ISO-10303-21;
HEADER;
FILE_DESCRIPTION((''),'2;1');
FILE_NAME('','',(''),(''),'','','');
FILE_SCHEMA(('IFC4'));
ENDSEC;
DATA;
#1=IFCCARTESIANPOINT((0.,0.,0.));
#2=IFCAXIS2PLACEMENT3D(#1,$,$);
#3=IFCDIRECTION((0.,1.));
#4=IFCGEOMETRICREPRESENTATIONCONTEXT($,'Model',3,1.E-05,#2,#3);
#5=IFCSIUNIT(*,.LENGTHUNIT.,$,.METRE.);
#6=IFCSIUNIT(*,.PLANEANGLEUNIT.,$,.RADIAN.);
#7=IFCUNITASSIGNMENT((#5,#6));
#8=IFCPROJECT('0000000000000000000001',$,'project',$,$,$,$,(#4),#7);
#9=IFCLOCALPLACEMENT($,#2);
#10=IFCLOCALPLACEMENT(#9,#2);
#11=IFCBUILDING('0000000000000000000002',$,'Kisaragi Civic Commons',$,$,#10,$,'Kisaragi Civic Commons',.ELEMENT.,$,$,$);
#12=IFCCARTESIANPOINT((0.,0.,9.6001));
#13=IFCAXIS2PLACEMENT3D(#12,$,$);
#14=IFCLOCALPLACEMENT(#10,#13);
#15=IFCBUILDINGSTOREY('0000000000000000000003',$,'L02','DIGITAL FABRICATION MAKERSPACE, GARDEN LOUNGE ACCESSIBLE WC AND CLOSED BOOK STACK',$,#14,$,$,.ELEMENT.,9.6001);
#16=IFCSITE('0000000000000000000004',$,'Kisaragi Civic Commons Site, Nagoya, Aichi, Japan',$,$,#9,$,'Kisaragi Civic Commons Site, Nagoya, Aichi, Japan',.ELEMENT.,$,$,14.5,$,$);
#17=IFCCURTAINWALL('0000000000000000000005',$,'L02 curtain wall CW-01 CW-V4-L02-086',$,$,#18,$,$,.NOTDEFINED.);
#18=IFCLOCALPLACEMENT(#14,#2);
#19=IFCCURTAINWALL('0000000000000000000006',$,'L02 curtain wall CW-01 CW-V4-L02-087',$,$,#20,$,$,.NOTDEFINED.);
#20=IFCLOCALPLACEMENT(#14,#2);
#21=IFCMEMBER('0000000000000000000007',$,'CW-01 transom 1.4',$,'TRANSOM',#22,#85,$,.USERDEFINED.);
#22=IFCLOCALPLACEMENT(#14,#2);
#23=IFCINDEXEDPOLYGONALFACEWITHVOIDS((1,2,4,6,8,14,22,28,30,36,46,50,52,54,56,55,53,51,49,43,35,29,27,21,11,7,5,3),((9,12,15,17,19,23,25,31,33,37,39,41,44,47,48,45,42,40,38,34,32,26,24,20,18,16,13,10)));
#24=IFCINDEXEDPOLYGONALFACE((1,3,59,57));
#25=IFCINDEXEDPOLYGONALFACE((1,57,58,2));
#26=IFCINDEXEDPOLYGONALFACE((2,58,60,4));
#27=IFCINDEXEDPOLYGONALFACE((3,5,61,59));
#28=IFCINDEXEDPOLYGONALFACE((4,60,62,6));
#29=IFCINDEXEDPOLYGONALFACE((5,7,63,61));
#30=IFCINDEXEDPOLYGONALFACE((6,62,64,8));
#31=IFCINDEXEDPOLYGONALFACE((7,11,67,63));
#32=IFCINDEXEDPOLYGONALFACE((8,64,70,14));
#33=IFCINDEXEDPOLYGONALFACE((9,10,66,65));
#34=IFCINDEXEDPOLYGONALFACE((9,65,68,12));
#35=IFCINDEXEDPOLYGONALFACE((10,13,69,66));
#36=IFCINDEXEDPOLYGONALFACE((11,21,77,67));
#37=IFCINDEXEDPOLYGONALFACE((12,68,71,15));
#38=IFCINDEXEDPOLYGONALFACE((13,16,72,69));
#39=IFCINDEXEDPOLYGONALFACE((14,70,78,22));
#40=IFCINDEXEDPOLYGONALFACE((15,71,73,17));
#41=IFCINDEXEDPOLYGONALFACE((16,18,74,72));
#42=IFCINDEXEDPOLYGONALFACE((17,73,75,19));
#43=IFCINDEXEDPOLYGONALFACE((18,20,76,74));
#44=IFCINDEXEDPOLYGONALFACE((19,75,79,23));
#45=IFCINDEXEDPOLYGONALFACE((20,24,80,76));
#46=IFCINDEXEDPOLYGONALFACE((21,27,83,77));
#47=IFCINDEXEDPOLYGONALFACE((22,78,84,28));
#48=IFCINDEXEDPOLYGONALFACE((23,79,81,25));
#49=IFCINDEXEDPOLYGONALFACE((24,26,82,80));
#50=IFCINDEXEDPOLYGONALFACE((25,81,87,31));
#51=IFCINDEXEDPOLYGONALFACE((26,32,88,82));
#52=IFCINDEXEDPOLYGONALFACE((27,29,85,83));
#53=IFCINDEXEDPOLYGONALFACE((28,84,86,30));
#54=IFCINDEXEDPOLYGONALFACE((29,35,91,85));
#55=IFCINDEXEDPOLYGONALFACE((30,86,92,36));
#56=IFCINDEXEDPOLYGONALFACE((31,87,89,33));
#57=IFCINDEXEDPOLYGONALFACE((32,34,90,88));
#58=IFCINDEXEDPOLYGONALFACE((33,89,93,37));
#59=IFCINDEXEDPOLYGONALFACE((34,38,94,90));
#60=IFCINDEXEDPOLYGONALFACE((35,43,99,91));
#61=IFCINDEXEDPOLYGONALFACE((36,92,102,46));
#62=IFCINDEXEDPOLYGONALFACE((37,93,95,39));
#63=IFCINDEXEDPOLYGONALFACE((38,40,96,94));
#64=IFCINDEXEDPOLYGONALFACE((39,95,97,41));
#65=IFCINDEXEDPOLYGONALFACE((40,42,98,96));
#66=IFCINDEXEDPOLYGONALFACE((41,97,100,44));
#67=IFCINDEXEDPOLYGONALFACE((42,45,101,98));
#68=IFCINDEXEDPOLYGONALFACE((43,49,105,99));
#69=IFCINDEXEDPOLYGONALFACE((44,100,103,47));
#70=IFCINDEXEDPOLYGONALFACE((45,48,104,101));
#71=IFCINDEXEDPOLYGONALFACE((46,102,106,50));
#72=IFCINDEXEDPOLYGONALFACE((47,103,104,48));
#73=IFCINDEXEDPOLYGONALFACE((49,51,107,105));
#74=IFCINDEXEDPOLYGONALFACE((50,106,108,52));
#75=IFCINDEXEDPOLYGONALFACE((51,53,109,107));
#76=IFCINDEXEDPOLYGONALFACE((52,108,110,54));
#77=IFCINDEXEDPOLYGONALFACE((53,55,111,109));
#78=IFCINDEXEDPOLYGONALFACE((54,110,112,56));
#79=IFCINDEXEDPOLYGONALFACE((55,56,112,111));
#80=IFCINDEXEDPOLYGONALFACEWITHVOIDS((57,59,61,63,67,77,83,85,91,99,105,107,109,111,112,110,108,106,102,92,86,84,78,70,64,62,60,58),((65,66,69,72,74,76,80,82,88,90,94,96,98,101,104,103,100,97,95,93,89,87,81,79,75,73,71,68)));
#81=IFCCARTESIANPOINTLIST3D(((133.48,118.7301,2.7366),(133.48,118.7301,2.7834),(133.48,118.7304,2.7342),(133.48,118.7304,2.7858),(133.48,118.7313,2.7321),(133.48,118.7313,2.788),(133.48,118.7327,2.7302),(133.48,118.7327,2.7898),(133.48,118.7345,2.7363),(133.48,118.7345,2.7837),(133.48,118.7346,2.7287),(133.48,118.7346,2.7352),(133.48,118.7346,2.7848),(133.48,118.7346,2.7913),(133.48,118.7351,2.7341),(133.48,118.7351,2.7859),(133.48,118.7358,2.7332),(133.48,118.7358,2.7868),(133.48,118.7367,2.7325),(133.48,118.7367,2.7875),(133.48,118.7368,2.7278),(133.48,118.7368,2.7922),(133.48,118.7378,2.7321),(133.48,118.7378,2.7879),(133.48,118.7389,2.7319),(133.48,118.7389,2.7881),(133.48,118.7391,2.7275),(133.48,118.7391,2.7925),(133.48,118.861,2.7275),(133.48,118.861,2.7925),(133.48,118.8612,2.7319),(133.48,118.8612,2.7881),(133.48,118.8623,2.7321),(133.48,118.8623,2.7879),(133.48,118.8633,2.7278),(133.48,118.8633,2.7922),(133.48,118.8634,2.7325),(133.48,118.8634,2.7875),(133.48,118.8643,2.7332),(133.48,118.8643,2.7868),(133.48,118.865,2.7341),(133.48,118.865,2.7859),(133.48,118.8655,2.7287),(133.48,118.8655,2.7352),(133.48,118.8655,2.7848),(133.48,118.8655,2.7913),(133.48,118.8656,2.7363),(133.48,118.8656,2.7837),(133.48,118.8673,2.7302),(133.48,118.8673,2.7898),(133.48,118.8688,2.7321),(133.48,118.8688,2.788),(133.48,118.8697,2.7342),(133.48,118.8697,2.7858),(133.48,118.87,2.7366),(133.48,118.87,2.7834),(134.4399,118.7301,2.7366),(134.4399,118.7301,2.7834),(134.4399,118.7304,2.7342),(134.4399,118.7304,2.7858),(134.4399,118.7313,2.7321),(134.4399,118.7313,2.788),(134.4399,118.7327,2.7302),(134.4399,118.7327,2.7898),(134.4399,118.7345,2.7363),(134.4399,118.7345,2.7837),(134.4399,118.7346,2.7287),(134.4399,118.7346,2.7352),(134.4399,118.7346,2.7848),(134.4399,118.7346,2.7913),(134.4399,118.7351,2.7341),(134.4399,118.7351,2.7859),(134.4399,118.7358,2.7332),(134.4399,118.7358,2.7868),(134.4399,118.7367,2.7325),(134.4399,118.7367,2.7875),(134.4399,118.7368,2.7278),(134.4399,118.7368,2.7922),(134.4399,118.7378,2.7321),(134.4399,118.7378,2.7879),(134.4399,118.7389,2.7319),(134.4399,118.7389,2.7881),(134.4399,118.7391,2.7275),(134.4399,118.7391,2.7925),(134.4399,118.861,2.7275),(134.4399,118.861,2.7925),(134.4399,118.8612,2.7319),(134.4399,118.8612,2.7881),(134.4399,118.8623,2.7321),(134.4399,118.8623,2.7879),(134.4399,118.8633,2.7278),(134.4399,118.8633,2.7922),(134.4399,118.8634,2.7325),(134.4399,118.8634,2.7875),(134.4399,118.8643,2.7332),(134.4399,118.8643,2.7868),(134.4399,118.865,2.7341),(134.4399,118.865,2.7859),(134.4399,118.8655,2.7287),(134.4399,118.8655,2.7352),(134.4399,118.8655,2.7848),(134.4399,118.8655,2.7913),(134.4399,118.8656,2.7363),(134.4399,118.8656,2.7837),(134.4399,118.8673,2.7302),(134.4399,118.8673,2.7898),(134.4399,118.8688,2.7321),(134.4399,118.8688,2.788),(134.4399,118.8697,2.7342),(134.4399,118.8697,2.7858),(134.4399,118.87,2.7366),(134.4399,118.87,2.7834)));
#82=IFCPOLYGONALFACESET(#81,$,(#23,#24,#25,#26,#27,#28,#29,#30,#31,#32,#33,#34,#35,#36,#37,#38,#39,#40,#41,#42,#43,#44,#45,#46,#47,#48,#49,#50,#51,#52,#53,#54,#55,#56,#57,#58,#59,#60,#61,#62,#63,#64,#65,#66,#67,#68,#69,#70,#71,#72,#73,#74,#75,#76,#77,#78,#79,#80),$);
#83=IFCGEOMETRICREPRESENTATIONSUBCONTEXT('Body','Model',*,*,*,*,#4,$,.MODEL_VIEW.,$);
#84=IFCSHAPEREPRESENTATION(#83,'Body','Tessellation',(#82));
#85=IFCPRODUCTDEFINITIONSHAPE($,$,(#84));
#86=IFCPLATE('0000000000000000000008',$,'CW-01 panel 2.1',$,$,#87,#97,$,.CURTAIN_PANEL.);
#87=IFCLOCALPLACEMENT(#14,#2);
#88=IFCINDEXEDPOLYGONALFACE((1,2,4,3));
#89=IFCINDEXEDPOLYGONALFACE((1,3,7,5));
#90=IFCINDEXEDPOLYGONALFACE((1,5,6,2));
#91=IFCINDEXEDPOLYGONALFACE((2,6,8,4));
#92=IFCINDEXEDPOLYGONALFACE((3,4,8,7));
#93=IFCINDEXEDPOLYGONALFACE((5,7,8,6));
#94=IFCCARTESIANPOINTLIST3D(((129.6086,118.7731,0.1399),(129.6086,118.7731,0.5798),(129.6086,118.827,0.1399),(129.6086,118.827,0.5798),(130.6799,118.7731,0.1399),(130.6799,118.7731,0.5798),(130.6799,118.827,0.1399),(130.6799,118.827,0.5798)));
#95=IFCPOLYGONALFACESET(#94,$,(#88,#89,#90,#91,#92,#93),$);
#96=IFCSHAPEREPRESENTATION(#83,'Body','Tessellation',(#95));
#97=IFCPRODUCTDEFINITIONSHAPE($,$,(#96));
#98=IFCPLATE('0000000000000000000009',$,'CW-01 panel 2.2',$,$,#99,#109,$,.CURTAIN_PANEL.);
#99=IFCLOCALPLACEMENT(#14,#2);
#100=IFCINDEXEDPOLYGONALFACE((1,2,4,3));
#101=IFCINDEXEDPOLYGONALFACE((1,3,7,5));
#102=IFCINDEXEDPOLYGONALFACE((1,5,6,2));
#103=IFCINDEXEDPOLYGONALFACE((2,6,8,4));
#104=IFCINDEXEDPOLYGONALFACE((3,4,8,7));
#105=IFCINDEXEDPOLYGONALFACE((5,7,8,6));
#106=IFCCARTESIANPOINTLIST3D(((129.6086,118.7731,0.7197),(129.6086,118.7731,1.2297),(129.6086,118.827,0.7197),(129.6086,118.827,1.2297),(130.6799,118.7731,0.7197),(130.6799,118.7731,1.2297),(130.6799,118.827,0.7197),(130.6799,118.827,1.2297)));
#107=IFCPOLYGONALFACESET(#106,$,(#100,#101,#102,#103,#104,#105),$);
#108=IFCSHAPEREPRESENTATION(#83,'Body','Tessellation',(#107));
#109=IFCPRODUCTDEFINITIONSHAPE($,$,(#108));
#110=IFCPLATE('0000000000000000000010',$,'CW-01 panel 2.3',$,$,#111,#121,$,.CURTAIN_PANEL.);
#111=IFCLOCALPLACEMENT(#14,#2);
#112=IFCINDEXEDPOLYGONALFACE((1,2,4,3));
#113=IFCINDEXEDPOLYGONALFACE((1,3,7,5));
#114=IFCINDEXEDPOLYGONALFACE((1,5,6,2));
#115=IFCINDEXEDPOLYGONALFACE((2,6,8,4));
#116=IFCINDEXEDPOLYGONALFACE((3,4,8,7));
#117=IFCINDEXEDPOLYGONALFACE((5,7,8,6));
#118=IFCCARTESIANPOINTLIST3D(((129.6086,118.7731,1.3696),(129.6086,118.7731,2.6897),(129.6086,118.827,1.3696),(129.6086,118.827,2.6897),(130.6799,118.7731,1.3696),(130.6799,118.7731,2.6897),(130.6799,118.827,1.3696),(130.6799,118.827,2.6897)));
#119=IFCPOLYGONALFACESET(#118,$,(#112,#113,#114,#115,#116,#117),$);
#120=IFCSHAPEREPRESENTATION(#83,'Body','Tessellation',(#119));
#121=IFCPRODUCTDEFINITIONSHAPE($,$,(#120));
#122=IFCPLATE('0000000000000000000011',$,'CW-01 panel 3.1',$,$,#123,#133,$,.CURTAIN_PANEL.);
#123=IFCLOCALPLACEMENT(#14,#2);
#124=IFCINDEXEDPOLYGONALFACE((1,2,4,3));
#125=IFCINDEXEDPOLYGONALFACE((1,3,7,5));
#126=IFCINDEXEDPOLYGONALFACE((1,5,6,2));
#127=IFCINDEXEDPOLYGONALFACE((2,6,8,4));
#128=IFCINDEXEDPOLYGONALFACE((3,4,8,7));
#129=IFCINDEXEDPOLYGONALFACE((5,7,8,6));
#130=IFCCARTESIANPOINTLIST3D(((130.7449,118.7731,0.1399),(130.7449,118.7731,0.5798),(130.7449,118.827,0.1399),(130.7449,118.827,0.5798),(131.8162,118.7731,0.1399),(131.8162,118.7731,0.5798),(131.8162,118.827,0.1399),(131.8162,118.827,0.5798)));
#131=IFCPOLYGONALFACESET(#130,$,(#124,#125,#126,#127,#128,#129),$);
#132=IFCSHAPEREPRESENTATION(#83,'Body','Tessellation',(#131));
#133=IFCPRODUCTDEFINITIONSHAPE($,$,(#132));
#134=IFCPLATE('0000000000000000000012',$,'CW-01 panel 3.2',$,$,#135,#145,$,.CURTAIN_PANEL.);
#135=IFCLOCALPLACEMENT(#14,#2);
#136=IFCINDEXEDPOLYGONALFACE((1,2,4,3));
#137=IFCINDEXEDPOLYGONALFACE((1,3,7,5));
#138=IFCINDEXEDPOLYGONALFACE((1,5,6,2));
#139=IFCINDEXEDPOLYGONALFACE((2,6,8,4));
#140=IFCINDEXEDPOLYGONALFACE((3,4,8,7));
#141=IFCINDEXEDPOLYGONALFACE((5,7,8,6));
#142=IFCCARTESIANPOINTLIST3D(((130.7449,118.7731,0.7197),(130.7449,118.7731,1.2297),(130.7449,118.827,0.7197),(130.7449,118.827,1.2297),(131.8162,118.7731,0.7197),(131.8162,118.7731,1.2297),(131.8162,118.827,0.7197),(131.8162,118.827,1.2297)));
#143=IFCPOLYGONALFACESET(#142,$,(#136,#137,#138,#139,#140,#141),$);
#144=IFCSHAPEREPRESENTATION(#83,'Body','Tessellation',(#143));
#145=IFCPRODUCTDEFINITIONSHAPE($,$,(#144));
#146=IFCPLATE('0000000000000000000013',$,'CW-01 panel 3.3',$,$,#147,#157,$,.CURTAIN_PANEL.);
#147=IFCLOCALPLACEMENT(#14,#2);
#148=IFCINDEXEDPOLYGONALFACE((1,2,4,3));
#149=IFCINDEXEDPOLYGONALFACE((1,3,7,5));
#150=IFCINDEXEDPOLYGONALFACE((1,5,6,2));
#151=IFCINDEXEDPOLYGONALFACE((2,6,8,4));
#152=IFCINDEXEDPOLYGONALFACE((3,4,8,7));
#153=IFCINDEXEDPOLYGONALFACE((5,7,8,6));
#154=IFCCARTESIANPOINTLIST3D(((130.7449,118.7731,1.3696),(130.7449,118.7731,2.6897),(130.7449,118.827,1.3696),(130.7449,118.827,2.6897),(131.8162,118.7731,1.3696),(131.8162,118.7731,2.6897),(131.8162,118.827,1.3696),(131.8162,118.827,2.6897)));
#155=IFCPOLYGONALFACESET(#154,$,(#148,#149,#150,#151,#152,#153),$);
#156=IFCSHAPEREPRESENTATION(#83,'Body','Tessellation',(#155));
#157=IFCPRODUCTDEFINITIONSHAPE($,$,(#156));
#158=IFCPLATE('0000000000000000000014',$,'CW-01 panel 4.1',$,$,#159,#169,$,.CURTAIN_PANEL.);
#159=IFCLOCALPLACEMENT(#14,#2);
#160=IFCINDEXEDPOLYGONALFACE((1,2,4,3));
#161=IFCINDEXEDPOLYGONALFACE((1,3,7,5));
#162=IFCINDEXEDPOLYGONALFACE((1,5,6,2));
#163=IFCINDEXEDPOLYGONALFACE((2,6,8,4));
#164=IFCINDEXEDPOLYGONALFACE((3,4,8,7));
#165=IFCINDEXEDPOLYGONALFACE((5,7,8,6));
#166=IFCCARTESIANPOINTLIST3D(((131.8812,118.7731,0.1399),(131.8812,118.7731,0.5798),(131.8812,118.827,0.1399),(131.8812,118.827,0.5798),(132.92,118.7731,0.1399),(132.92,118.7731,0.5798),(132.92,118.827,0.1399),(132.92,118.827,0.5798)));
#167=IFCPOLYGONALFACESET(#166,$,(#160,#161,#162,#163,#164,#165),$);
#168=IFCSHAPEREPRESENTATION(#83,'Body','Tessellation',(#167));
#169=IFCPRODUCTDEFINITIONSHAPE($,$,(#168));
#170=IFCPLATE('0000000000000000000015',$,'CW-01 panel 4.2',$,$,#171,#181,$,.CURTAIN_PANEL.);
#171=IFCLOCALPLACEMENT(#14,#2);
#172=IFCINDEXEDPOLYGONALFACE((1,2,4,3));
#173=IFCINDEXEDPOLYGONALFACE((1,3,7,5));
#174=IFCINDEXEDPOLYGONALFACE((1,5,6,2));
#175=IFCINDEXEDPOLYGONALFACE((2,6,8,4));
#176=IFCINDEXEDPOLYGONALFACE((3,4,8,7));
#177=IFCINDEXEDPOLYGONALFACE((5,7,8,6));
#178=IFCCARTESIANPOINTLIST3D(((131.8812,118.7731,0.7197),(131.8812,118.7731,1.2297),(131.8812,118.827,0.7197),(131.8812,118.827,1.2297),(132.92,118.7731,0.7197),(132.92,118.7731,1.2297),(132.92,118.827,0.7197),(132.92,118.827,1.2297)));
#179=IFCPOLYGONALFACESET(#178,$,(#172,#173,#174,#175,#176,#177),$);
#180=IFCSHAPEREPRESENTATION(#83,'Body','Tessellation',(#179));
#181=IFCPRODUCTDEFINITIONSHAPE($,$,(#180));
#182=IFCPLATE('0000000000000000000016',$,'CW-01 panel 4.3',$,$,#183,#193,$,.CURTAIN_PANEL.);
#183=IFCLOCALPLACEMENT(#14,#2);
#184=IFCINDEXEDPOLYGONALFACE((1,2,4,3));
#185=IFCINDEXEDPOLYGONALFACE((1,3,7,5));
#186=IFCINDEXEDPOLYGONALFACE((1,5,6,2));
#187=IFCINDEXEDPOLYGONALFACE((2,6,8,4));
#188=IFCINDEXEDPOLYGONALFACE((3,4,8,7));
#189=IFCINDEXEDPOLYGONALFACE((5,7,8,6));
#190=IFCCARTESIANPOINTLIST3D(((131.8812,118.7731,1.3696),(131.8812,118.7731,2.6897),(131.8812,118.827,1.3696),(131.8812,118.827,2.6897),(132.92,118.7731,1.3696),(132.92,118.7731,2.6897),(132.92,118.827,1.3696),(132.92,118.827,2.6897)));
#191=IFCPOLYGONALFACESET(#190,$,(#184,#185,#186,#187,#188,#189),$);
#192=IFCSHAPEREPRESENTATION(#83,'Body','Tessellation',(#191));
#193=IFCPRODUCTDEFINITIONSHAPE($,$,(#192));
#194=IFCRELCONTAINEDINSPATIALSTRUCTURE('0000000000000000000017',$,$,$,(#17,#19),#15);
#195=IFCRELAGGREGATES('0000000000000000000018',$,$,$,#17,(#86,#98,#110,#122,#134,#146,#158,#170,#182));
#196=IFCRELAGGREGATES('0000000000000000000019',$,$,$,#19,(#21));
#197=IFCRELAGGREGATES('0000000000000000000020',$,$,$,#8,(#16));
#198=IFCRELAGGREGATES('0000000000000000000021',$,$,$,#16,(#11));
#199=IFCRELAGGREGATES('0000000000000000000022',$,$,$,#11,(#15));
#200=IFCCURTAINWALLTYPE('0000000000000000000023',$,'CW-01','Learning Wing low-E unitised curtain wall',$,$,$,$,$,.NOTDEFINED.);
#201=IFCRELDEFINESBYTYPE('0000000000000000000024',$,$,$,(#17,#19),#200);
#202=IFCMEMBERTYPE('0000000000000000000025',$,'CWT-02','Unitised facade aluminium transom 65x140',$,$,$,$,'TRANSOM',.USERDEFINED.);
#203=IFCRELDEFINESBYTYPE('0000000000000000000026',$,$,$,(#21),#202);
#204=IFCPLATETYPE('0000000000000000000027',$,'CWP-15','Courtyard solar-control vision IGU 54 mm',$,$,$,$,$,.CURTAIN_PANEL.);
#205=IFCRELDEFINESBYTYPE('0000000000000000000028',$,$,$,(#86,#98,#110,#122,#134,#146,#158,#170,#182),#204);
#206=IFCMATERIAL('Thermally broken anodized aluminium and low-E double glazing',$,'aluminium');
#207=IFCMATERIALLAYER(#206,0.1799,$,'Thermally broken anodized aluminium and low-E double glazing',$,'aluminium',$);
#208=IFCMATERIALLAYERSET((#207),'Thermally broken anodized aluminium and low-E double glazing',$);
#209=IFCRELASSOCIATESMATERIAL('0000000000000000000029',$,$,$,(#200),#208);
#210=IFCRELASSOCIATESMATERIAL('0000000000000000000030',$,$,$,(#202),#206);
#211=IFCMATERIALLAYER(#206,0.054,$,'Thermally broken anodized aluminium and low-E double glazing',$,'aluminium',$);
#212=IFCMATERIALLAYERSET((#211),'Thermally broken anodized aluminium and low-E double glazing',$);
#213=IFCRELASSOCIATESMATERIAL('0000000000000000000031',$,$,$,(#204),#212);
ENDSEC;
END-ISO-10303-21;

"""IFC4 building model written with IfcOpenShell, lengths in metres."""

from ifc_helpers import new_model, si_unit, direction, frame, origin, origin_2d, place, context, subcontext, project, spatial, rectangle, hollow_rectangle, extrude, material, layer, layer_set, material_profile, profile_set, type_object, element, aggregate, save


model = new_model("IFC4")

# Units and contexts
model_context = context("Model", 3, precision=1e-05, world=origin(), true_north=direction((0.0, 1.0)))
body_context = subcontext(model_context, "Body", "Model", "MODEL_VIEW")
ifc_project = project(units=[si_unit("LENGTHUNIT", "METRE"), si_unit("PLANEANGLEUNIT", "RADIAN")], contexts=[model_context])

# Site, building, storey
site_placement = place(None, origin())
site = spatial("IfcSite", under=ifc_project, at=site_placement, Name="Kisaragi Civic Commons Site, Nagoya, Aichi, Japan", LongName="Kisaragi Civic Commons Site, Nagoya, Aichi, Japan", CompositionType="ELEMENT", RefElevation=14.5)
building_placement = place(site_placement, origin())
building = spatial("IfcBuilding", under=site, at=building_placement, Name="Kisaragi Civic Commons", LongName="Kisaragi Civic Commons", CompositionType="ELEMENT")
storey_placement = place(building_placement, frame((0.0, 0.0, 9.6001)))
storey = spatial("IfcBuildingStorey", under=building, at=storey_placement, Name="L02", Description="DIGITAL FABRICATION MAKERSPACE, GARDEN LOUNGE ACCESSIBLE WC AND CLOSED BOOK STACK", CompositionType="ELEMENT", Elevation=9.6001)

# Curtain walls
ifc_material_1 = material(Name="Thermally broken anodized aluminium and low-E double glazing", Category="aluminium")
ifc_layer_1 = layer(ifc_material_1, 0.1799, Name="Thermally broken anodized aluminium and low-E double glazing", Category="aluminium")
ifc_layer_set_1 = layer_set([ifc_layer_1], Name="Thermally broken anodized aluminium and low-E double glazing")
curtain_wall_type = type_object("IfcCurtainWallType", Name="CW-01", Description="Learning Wing low-E unitised curtain wall", PredefinedType="NOTDEFINED", material=ifc_layer_set_1)
curtain_wall_1_placement = place(storey_placement, origin())
curtain_wall_1 = element("IfcCurtainWall", 1, at=curtain_wall_1_placement, inside=storey, type_object=curtain_wall_type, Name="L02 curtain wall CW-01 CW-V4-L02-086", PredefinedType="NOTDEFINED")
curtain_wall_2_placement = place(storey_placement, origin())
curtain_wall_2 = element("IfcCurtainWall", 2, at=curtain_wall_2_placement, inside=storey, type_object=curtain_wall_type, Name="L02 curtain wall CW-01 CW-V4-L02-087", PredefinedType="NOTDEFINED")

# Member
ifc_material_profile_1 = material_profile(ifc_material_1, hollow_rectangle(XDim=0.1399, YDim=0.0649, WallThickness=0.0044, InnerFilletRadius=0.0044, OuterFilletRadius=0.009, at=origin_2d()), Name="CWT-65x140x4.5", Category="aluminium")
ifc_profile_set_1 = profile_set([ifc_material_profile_1], Name="Thermally broken anodized aluminium and low-E double glazing")
member_type_1 = type_object("IfcMemberType", Name="CWT-02", Description="Unitised facade aluminium transom 65x140", ElementType="TRANSOM", PredefinedType="USERDEFINED", material=ifc_profile_set_1)
member_1_placement = place(storey_placement, frame((133.48, 118.8, 2.76), z_axis=(1.0, 0.0, 0.0), x_axis=(0.0, 1.0, 0.0)))
member_1 = element("IfcMember", 3, at=member_1_placement, type_object=member_type_1, Name="CW-01 transom 1.4", ObjectType="TRANSOM", PredefinedType="USERDEFINED", context=body_context, shape_type="SweptSolid", body=[
    extrude(hollow_rectangle(XDim=0.1399, YDim=0.0649, WallThickness=0.0044, InnerFilletRadius=0.0044, OuterFilletRadius=0.009, at=origin_2d()), origin(), (0.0, 0.0, 1.0), 0.96),
])

# Plates
ifc_layer_2 = layer(ifc_material_1, 0.054, Name="Thermally broken anodized aluminium and low-E double glazing", Category="aluminium")
ifc_layer_set_2 = layer_set([ifc_layer_2], Name="Thermally broken anodized aluminium and low-E double glazing")
plate_type_1 = type_object("IfcPlateType", Name="CWP-15", Description="Courtyard solar-control vision IGU 54 mm", PredefinedType="CURTAIN_PANEL", material=ifc_layer_set_2)
plate_1_placement = place(storey_placement, frame((130.1443, 118.8, 0.1399), z_axis=(0.0, 0.0, 1.0), x_axis=(1.0, 0.0, 0.0)))
plate_1 = element("IfcPlate", 4, at=plate_1_placement, type_object=plate_type_1, Name="CW-01 panel 2.1", PredefinedType="CURTAIN_PANEL", context=body_context, shape_type="SweptSolid", body=[
    extrude(rectangle(XDim=1.0713, YDim=0.054, at=origin_2d()), origin(), (0.0, 0.0, 1.0), 0.4399),
])
plate_2_placement = place(storey_placement, frame((130.1443, 118.8, 0.7197), z_axis=(0.0, 0.0, 1.0), x_axis=(1.0, 0.0, 0.0)))
plate_2 = element("IfcPlate", 5, at=plate_2_placement, type_object=plate_type_1, Name="CW-01 panel 2.2", PredefinedType="CURTAIN_PANEL", context=body_context, shape_type="SweptSolid", body=[
    extrude(rectangle(XDim=1.0713, YDim=0.054, at=origin_2d()), origin(), (0.0, 0.0, 1.0), 0.51),
])
plate_3_placement = place(storey_placement, frame((130.1443, 118.8, 1.3696), z_axis=(0.0, 0.0, 1.0), x_axis=(1.0, 0.0, 0.0)))
plate_3 = element("IfcPlate", 6, at=plate_3_placement, type_object=plate_type_1, Name="CW-01 panel 2.3", PredefinedType="CURTAIN_PANEL", context=body_context, shape_type="SweptSolid", body=[
    extrude(rectangle(XDim=1.0713, YDim=0.054, at=origin_2d()), origin(), (0.0, 0.0, 1.0), 1.3201),
])
plate_4_placement = place(storey_placement, frame((131.2805, 118.8, 0.1399), z_axis=(0.0, 0.0, 1.0), x_axis=(1.0, 0.0, 0.0)))
plate_4 = element("IfcPlate", 7, at=plate_4_placement, type_object=plate_type_1, Name="CW-01 panel 3.1", PredefinedType="CURTAIN_PANEL", context=body_context, shape_type="SweptSolid", body=[
    extrude(rectangle(XDim=1.0713, YDim=0.054, at=origin_2d()), origin(), (0.0, 0.0, 1.0), 0.4399),
])
plate_5_placement = place(storey_placement, frame((131.2805, 118.8, 0.7197), z_axis=(0.0, 0.0, 1.0), x_axis=(1.0, 0.0, 0.0)))
plate_5 = element("IfcPlate", 8, at=plate_5_placement, type_object=plate_type_1, Name="CW-01 panel 3.2", PredefinedType="CURTAIN_PANEL", context=body_context, shape_type="SweptSolid", body=[
    extrude(rectangle(XDim=1.0713, YDim=0.054, at=origin_2d()), origin(), (0.0, 0.0, 1.0), 0.51),
])
plate_6_placement = place(storey_placement, frame((131.2805, 118.8, 1.3696), z_axis=(0.0, 0.0, 1.0), x_axis=(1.0, 0.0, 0.0)))
plate_6 = element("IfcPlate", 9, at=plate_6_placement, type_object=plate_type_1, Name="CW-01 panel 3.3", PredefinedType="CURTAIN_PANEL", context=body_context, shape_type="SweptSolid", body=[
    extrude(rectangle(XDim=1.0713, YDim=0.054, at=origin_2d()), origin(), (0.0, 0.0, 1.0), 1.3201),
])
plate_7_placement = place(storey_placement, frame((132.4006, 118.8, 0.1399), z_axis=(0.0, 0.0, 1.0), x_axis=(1.0, 0.0, 0.0)))
plate_7 = element("IfcPlate", 10, at=plate_7_placement, type_object=plate_type_1, Name="CW-01 panel 4.1", PredefinedType="CURTAIN_PANEL", context=body_context, shape_type="SweptSolid", body=[
    extrude(rectangle(XDim=1.0388, YDim=0.054, at=origin_2d()), origin(), (0.0, 0.0, 1.0), 0.4399),
])
plate_8_placement = place(storey_placement, frame((132.4006, 118.8, 0.7197), z_axis=(0.0, 0.0, 1.0), x_axis=(1.0, 0.0, 0.0)))
plate_8 = element("IfcPlate", 11, at=plate_8_placement, type_object=plate_type_1, Name="CW-01 panel 4.2", PredefinedType="CURTAIN_PANEL", context=body_context, shape_type="SweptSolid", body=[
    extrude(rectangle(XDim=1.0388, YDim=0.054, at=origin_2d()), origin(), (0.0, 0.0, 1.0), 0.51),
])
plate_9_placement = place(storey_placement, frame((132.4006, 118.8, 1.3696), z_axis=(0.0, 0.0, 1.0), x_axis=(1.0, 0.0, 0.0)))
plate_9 = element("IfcPlate", 12, at=plate_9_placement, type_object=plate_type_1, Name="CW-01 panel 4.3", PredefinedType="CURTAIN_PANEL", context=body_context, shape_type="SweptSolid", body=[
    extrude(rectangle(XDim=1.0388, YDim=0.054, at=origin_2d()), origin(), (0.0, 0.0, 1.0), 1.3201),
])
aggregate(curtain_wall_1, [plate_1, plate_2, plate_3, plate_4, plate_5, plate_6, plate_7, plate_8, plate_9])
aggregate(curtain_wall_2, [member_1])

save(model, "model.ifc")
